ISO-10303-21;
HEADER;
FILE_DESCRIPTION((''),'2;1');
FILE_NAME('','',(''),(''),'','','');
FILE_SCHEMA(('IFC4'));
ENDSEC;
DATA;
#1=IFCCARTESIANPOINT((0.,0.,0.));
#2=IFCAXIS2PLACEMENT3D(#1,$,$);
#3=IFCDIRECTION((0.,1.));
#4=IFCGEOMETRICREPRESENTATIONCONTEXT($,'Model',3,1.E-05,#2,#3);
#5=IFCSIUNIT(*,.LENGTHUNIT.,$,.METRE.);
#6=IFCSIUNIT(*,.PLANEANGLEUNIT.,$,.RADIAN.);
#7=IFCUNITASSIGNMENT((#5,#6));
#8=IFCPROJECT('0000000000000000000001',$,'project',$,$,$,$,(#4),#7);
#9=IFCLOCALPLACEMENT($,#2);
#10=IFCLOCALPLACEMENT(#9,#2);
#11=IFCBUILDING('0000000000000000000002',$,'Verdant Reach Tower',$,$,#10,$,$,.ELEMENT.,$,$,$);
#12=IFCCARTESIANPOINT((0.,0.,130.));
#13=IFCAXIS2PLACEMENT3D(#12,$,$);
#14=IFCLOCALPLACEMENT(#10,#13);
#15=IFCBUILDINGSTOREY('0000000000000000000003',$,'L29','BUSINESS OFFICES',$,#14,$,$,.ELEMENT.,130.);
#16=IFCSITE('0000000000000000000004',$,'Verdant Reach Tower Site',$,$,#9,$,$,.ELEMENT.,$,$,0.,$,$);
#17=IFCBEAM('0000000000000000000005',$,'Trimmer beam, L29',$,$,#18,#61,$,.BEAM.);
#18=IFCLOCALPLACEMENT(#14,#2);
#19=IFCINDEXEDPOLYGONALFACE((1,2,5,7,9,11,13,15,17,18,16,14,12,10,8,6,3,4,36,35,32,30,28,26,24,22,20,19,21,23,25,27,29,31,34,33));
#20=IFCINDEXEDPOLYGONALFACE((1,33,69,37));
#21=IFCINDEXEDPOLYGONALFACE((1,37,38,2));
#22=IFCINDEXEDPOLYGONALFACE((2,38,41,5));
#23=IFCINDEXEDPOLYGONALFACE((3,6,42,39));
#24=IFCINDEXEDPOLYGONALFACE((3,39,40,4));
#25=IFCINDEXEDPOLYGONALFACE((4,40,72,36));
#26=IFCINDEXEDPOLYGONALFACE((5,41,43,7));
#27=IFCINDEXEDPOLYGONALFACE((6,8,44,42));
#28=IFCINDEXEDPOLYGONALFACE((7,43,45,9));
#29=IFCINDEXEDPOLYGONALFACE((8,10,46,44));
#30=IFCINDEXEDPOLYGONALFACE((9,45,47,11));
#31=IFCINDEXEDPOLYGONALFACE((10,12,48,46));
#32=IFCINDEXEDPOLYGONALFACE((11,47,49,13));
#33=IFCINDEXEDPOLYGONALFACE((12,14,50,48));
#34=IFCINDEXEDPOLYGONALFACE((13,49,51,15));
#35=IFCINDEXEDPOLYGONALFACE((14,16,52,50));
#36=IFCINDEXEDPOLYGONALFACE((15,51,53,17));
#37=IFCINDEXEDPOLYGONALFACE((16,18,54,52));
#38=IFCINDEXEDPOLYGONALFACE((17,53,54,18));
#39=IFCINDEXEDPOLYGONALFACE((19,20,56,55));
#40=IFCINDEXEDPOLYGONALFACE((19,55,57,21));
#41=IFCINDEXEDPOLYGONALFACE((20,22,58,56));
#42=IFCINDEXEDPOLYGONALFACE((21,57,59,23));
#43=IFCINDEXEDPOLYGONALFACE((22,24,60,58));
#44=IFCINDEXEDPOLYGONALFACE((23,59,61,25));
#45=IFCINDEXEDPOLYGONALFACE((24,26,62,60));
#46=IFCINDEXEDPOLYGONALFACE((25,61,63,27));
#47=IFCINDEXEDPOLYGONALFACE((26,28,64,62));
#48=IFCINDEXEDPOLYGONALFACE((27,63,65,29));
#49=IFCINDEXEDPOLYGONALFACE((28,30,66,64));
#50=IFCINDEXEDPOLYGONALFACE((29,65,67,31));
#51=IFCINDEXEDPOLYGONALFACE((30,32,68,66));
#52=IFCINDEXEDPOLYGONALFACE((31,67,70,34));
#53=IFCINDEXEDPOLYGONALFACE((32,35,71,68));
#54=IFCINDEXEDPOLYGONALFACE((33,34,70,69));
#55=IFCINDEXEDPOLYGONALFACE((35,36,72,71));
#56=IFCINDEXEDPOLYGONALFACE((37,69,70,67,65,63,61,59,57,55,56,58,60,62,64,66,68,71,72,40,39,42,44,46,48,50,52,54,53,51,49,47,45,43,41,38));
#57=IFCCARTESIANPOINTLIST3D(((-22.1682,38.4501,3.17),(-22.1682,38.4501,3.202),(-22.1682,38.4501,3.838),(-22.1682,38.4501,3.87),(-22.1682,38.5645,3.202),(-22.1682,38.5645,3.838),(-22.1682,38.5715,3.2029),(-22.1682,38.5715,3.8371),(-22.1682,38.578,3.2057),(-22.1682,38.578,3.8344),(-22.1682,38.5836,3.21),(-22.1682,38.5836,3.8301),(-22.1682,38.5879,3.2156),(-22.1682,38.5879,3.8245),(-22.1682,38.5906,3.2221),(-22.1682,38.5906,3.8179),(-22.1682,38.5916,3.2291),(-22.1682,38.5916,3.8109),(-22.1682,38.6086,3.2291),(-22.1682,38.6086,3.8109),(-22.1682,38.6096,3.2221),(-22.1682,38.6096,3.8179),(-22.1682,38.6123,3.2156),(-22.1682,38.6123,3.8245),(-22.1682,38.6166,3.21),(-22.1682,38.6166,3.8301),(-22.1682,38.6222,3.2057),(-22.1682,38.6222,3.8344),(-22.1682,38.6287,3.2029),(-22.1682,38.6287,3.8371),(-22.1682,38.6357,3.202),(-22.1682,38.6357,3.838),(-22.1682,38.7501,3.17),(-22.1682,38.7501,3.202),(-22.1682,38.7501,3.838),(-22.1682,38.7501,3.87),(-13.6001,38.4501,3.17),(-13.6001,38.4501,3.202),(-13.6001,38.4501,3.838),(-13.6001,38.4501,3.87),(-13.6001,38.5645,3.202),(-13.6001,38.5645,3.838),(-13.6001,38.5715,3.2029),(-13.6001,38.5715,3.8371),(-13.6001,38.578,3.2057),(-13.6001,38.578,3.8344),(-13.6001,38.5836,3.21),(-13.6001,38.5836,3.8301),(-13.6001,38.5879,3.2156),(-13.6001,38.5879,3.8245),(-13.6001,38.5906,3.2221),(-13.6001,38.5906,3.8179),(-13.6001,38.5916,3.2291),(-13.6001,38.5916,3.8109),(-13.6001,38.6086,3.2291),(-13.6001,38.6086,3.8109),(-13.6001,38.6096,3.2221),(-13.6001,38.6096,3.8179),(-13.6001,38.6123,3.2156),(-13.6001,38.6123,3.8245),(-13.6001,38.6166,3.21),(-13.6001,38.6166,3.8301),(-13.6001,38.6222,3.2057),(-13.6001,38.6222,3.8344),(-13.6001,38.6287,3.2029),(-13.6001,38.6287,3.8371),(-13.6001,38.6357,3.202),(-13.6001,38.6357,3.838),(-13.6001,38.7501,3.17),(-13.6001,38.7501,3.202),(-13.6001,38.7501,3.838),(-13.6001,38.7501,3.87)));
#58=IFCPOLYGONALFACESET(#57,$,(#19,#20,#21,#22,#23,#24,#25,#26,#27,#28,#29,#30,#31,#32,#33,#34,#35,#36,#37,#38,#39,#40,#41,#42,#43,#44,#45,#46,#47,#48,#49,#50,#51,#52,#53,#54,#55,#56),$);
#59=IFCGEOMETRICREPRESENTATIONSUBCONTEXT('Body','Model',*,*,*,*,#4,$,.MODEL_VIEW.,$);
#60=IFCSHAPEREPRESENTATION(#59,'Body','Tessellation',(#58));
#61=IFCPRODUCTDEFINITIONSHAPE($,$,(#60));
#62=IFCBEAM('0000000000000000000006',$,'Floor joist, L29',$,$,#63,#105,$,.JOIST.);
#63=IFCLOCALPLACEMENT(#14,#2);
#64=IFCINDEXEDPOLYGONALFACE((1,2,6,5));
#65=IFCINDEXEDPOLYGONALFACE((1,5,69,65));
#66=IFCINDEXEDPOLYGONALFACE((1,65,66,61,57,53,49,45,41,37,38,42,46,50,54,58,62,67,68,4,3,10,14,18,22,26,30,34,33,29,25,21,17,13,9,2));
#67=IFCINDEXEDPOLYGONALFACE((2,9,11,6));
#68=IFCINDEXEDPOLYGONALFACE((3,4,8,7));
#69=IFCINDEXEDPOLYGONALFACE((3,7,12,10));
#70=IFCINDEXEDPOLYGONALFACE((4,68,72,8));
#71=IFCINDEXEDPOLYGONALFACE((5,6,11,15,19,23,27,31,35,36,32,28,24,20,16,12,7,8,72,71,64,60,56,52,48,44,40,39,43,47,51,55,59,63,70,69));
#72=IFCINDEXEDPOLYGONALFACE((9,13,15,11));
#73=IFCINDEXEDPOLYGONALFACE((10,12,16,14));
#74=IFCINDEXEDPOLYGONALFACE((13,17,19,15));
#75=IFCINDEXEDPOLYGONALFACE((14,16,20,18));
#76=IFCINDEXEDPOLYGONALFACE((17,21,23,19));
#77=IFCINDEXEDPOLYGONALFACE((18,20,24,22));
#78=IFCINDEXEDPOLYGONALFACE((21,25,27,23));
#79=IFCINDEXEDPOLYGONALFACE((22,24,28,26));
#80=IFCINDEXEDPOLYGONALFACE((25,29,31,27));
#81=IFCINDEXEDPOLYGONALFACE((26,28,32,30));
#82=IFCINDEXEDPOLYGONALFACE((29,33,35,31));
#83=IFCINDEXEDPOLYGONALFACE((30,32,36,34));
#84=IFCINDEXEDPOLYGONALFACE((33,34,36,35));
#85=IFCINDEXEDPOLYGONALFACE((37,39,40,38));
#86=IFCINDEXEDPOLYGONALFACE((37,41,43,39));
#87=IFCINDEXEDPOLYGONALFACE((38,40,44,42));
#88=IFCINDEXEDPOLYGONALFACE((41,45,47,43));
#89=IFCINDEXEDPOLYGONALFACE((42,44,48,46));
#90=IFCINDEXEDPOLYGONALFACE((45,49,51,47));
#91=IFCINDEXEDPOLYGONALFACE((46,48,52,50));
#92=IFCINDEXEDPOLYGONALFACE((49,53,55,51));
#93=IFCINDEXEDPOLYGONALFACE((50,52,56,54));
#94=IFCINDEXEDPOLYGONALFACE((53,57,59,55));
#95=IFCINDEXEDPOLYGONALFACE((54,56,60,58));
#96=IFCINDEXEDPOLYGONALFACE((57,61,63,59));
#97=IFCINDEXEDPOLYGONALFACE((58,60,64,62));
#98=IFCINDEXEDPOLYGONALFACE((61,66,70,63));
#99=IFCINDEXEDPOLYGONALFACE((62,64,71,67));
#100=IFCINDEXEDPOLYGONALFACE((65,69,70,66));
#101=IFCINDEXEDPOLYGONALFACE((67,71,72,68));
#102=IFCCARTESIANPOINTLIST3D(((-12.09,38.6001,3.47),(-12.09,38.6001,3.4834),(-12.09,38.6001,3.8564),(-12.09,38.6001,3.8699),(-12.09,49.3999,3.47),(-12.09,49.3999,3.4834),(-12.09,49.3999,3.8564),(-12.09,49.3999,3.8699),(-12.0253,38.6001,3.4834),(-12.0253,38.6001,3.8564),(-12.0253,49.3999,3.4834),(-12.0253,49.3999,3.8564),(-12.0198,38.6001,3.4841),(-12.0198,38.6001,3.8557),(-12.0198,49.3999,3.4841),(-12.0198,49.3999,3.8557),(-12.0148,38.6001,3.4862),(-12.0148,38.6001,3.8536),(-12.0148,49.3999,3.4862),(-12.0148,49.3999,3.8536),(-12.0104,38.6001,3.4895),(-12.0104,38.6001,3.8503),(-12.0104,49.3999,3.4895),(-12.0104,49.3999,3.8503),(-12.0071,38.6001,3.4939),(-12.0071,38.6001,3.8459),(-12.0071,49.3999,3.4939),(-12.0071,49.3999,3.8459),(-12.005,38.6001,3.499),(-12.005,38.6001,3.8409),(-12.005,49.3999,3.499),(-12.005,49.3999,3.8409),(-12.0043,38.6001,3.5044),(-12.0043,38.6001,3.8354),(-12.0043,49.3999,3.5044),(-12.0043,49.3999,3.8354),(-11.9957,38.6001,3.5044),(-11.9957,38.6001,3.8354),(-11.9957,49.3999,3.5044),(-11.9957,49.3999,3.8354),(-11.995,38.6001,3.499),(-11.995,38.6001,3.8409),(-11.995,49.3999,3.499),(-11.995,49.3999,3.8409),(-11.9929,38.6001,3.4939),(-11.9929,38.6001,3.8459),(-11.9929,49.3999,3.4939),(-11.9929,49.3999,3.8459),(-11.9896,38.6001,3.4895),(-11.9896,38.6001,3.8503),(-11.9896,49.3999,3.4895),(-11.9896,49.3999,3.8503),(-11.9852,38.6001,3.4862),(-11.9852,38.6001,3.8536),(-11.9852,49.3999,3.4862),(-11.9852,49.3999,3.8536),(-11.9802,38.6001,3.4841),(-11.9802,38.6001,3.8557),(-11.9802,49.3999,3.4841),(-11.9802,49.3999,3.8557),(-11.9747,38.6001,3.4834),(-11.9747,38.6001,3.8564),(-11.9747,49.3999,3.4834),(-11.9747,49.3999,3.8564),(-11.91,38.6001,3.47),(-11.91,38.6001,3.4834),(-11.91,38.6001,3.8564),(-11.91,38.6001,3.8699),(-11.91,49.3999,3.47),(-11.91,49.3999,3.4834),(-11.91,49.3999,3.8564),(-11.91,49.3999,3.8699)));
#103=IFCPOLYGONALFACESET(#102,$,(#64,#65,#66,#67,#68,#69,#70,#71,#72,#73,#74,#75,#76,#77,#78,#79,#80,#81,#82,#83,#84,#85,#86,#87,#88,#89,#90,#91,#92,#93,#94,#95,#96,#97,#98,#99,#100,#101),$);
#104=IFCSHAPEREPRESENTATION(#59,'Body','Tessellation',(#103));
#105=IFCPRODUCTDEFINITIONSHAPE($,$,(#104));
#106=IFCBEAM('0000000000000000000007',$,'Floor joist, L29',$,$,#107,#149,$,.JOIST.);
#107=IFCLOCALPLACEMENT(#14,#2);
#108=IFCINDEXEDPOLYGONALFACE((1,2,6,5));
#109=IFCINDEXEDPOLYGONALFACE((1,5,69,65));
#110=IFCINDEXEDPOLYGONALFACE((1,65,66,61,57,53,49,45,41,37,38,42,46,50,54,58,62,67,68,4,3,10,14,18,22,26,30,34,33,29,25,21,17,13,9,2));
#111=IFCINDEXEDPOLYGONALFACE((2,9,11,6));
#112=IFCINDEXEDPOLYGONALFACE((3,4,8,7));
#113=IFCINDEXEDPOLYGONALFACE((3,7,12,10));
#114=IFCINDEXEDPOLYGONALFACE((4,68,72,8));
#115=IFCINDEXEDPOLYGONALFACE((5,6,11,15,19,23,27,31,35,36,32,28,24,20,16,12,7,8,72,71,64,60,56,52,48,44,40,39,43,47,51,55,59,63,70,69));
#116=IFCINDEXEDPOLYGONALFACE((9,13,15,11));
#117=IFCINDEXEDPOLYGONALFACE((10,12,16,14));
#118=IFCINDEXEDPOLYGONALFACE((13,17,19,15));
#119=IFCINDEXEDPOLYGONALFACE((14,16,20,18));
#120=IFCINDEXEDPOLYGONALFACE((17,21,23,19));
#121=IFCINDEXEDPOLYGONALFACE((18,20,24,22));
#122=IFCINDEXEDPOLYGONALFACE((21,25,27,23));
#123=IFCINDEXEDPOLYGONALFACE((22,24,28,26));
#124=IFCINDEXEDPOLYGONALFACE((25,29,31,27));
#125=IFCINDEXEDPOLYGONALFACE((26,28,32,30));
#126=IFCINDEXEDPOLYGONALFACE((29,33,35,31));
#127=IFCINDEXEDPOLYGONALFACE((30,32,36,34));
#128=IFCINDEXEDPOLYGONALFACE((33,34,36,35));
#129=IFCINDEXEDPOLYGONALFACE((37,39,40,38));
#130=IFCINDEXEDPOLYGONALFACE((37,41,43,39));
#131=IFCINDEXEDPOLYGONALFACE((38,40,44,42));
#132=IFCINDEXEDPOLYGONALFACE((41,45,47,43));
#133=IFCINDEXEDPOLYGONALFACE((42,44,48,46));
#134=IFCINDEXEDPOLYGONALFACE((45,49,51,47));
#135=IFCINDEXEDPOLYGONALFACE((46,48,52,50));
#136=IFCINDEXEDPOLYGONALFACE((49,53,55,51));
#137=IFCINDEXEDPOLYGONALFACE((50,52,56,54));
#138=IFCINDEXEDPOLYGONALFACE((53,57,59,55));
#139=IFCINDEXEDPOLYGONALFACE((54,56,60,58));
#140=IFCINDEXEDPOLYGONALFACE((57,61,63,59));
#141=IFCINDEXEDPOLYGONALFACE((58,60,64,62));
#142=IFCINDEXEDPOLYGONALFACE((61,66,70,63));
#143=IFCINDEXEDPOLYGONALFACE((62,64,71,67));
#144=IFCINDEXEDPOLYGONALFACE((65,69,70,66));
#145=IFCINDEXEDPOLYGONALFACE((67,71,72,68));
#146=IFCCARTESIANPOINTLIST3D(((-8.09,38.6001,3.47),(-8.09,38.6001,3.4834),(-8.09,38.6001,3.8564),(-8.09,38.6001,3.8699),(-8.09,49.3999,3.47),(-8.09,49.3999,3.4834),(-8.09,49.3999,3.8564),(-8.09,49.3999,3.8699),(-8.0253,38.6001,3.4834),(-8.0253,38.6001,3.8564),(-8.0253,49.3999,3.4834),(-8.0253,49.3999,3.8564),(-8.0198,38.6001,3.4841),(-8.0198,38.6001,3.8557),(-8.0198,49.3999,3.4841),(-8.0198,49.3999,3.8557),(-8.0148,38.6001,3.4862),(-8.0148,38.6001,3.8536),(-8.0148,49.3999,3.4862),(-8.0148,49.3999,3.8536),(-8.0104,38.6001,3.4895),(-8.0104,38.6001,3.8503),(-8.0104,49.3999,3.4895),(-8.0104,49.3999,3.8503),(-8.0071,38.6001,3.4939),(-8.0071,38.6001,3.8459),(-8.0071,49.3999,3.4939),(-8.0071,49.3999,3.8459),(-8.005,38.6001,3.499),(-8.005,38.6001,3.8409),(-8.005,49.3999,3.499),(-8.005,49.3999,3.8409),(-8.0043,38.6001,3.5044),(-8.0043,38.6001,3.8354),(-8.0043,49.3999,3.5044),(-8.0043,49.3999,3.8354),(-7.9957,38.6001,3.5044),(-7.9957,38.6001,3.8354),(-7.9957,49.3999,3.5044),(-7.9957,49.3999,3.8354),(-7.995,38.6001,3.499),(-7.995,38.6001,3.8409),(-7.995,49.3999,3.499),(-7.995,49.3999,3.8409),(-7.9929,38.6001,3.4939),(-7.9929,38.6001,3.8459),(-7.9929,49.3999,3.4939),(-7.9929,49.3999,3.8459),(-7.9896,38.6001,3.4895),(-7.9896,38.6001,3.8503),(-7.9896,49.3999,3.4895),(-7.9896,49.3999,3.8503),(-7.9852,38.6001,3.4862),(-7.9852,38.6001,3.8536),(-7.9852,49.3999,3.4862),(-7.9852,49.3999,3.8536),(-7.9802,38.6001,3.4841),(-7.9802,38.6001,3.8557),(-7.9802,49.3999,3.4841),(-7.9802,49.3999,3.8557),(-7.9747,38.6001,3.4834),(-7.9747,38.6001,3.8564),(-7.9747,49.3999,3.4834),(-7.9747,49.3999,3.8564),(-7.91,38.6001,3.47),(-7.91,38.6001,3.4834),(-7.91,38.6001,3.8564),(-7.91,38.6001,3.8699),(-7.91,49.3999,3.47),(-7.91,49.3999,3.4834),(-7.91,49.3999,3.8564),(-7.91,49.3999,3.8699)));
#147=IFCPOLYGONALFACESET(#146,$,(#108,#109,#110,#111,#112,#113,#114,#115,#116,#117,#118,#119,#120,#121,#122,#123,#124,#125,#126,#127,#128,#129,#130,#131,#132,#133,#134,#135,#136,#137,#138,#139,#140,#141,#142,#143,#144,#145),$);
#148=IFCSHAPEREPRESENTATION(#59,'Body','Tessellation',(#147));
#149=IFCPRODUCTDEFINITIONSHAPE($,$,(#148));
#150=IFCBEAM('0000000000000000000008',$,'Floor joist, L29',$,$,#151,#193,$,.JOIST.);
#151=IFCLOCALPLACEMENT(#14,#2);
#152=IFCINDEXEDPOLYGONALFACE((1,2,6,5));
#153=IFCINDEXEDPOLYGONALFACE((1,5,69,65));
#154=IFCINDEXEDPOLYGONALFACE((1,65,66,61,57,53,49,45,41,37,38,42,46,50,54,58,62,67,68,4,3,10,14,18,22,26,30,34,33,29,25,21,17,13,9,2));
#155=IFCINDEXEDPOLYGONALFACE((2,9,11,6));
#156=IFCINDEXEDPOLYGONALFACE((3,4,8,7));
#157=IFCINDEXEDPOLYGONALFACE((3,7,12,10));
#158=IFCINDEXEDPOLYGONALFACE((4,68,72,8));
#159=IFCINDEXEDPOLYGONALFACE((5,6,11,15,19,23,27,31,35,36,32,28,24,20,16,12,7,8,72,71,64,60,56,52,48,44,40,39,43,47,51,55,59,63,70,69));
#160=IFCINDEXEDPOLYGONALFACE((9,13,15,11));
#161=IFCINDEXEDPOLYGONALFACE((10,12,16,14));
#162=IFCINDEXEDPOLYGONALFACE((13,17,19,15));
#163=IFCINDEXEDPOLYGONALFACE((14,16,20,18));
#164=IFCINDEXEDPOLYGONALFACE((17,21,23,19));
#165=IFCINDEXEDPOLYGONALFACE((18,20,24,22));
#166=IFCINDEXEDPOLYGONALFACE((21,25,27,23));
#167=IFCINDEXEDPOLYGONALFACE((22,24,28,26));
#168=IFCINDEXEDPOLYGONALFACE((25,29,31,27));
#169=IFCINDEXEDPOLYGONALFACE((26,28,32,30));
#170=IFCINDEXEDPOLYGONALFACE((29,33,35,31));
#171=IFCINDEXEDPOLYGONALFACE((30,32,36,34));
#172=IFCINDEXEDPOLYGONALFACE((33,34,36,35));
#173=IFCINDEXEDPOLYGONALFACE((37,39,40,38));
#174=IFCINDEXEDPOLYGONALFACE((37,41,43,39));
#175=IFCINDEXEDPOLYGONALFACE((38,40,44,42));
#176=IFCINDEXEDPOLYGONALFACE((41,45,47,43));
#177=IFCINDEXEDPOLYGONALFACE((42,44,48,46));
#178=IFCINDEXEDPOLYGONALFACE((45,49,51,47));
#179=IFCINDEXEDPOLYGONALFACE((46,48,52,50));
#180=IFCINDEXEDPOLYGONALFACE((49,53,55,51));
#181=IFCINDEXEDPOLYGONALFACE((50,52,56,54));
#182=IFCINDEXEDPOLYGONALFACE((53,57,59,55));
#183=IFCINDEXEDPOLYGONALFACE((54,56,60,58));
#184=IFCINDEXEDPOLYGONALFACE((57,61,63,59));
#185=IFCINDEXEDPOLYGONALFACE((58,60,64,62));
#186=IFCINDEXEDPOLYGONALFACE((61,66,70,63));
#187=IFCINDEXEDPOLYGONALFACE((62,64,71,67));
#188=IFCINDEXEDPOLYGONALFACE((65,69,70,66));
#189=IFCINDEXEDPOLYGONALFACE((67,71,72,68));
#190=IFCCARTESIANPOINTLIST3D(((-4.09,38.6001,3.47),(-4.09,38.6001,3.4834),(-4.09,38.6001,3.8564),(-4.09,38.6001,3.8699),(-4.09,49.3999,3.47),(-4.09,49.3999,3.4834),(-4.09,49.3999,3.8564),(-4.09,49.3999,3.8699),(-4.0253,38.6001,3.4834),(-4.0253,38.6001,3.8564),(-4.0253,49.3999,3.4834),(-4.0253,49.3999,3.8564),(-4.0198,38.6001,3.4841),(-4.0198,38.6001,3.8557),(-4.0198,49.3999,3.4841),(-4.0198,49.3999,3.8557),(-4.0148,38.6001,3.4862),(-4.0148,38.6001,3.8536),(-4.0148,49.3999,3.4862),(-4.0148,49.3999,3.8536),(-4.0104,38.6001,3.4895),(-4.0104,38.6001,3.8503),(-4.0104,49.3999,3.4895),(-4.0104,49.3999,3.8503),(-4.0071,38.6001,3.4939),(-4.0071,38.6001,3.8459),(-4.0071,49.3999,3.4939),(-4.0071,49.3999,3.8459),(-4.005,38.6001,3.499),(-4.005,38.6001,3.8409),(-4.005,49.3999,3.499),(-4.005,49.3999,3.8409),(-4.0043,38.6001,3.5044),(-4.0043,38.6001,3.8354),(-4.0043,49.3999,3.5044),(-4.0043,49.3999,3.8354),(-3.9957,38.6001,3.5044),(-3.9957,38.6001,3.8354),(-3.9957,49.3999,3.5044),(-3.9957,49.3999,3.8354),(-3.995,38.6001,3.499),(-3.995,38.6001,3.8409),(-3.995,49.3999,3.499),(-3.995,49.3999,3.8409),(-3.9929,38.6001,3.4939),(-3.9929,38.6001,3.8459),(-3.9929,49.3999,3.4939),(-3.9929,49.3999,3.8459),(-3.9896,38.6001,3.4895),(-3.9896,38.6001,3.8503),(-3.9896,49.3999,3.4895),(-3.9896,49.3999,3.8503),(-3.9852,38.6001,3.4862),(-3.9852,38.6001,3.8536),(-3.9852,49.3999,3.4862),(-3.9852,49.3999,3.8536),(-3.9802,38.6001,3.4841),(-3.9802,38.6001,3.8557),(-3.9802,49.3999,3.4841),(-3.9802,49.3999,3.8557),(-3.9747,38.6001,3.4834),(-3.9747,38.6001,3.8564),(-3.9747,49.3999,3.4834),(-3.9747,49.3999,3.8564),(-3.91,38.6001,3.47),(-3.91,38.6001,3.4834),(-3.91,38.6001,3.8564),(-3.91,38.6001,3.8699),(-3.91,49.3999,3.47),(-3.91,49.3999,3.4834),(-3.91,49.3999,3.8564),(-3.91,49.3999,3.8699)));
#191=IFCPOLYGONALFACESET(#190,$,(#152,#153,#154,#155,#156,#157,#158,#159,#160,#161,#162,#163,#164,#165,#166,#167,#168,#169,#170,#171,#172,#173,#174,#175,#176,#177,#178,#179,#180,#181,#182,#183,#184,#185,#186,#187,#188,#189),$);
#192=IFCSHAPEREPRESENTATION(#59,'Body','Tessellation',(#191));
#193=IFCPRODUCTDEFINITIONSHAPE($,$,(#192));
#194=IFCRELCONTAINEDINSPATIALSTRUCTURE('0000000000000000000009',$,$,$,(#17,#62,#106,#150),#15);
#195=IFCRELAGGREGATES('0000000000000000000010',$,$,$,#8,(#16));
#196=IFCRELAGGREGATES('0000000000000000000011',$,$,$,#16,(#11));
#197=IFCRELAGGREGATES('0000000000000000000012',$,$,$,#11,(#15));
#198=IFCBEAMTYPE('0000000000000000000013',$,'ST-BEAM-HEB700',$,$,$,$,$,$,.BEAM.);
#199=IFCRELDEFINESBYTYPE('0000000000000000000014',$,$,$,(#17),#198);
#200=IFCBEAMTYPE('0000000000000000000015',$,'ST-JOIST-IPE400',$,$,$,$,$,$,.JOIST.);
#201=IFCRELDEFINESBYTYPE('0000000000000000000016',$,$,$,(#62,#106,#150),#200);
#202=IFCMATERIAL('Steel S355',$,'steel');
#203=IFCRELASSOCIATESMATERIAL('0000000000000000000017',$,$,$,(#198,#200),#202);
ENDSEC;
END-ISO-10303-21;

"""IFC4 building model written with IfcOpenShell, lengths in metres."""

from ifc_helpers import new_model, si_unit, direction, frame, origin, origin_2d, place, context, subcontext, project, spatial, i_section, extrude, material, material_profile, profile_set, type_object, element, save


model = new_model("IFC4")

# Units and contexts
model_context = context("Model", 3, precision=1e-05, world=origin(), true_north=direction((0.0, 1.0)))
body_context = subcontext(model_context, "Body", "Model", "MODEL_VIEW")
ifc_project = project(units=[si_unit("LENGTHUNIT", "METRE"), si_unit("PLANEANGLEUNIT", "RADIAN")], contexts=[model_context])

# Site, building, storey
site_placement = place(None, origin())
site = spatial("IfcSite", under=ifc_project, at=site_placement, Name="Verdant Reach Tower Site", CompositionType="ELEMENT", RefElevation=0.0)
building_placement = place(site_placement, origin())
building = spatial("IfcBuilding", under=site, at=building_placement, Name="Verdant Reach Tower", CompositionType="ELEMENT")
storey_placement = place(building_placement, frame((0.0, 0.0, 130.0)))
storey = spatial("IfcBuildingStorey", under=building, at=storey_placement, Name="L29", Description="BUSINESS OFFICES", CompositionType="ELEMENT", Elevation=130.0)

# Beams
ifc_material_1 = material(Name="Steel S355", Category="steel")
ifc_material_profile_1 = material_profile(ifc_material_1, i_section(OverallWidth=0.3, OverallDepth=0.7, WebThickness=0.0171, FlangeThickness=0.032, FilletRadius=0.0271, at=origin_2d()), Name="HEB 700")
ifc_profile_set_1 = profile_set([ifc_material_profile_1], Name="Steel S355")
beam_type_1 = type_object("IfcBeamType", Name="ST-BEAM-HEB700", PredefinedType="BEAM", material=ifc_profile_set_1)
beam_placement = place(storey_placement, frame((-13.6001, 38.6001, 3.52), z_axis=(-1.0, 0.0, 0.0), x_axis=(0.0, -1.0, 0.0)))
element("IfcBeam", 1, at=beam_placement, inside=storey, type_object=beam_type_1, Name="Trimmer beam, L29", PredefinedType="BEAM", context=body_context, shape_type="SweptSolid", body=[
    extrude(i_section(OverallWidth=0.3, OverallDepth=0.7, WebThickness=0.0171, FlangeThickness=0.032, FilletRadius=0.0271, at=origin_2d()), origin(), (0.0, 0.0, 1.0), 8.5681),
])
ifc_material_profile_2 = material_profile(ifc_material_1, i_section(OverallWidth=0.1799, OverallDepth=0.3999, WebThickness=0.0085, FlangeThickness=0.0134, FilletRadius=0.021, at=origin_2d()), Name="IPE 400")
ifc_profile_set_2 = profile_set([ifc_material_profile_2], Name="Steel S355")
beam_type_2 = type_object("IfcBeamType", Name="ST-JOIST-IPE400", PredefinedType="JOIST", material=ifc_profile_set_2)
for number, where, z_axis, x_axis, name in (
    (2, (-12.0, 38.6001, 3.6699), (0.0, 1.0, 0.0), (-1.0, 0.0, 0.0), "Floor joist, L29"),
    (3, (-8.0, 38.6001, 3.6699), (0.0, 1.0, 0.0), (-1.0, 0.0, 0.0), "Floor joist, L29"),
    (4, (-4.0, 38.6001, 3.6699), (0.0, 1.0, 0.0), (-1.0, 0.0, 0.0), "Floor joist, L29"),
):
    element("IfcBeam", number, at=place(storey_placement, frame(where, z_axis=z_axis, x_axis=x_axis)), inside=storey, type_object=beam_type_2, Name=name, PredefinedType="JOIST", context=body_context, shape_type="SweptSolid", body=[
        extrude(i_section(OverallWidth=0.1799, OverallDepth=0.3999, WebThickness=0.0085, FlangeThickness=0.0134, FilletRadius=0.021, at=origin_2d()), origin(), (0.0, 0.0, 1.0), 10.7998),
    ])

save(model, "model.ifc")
